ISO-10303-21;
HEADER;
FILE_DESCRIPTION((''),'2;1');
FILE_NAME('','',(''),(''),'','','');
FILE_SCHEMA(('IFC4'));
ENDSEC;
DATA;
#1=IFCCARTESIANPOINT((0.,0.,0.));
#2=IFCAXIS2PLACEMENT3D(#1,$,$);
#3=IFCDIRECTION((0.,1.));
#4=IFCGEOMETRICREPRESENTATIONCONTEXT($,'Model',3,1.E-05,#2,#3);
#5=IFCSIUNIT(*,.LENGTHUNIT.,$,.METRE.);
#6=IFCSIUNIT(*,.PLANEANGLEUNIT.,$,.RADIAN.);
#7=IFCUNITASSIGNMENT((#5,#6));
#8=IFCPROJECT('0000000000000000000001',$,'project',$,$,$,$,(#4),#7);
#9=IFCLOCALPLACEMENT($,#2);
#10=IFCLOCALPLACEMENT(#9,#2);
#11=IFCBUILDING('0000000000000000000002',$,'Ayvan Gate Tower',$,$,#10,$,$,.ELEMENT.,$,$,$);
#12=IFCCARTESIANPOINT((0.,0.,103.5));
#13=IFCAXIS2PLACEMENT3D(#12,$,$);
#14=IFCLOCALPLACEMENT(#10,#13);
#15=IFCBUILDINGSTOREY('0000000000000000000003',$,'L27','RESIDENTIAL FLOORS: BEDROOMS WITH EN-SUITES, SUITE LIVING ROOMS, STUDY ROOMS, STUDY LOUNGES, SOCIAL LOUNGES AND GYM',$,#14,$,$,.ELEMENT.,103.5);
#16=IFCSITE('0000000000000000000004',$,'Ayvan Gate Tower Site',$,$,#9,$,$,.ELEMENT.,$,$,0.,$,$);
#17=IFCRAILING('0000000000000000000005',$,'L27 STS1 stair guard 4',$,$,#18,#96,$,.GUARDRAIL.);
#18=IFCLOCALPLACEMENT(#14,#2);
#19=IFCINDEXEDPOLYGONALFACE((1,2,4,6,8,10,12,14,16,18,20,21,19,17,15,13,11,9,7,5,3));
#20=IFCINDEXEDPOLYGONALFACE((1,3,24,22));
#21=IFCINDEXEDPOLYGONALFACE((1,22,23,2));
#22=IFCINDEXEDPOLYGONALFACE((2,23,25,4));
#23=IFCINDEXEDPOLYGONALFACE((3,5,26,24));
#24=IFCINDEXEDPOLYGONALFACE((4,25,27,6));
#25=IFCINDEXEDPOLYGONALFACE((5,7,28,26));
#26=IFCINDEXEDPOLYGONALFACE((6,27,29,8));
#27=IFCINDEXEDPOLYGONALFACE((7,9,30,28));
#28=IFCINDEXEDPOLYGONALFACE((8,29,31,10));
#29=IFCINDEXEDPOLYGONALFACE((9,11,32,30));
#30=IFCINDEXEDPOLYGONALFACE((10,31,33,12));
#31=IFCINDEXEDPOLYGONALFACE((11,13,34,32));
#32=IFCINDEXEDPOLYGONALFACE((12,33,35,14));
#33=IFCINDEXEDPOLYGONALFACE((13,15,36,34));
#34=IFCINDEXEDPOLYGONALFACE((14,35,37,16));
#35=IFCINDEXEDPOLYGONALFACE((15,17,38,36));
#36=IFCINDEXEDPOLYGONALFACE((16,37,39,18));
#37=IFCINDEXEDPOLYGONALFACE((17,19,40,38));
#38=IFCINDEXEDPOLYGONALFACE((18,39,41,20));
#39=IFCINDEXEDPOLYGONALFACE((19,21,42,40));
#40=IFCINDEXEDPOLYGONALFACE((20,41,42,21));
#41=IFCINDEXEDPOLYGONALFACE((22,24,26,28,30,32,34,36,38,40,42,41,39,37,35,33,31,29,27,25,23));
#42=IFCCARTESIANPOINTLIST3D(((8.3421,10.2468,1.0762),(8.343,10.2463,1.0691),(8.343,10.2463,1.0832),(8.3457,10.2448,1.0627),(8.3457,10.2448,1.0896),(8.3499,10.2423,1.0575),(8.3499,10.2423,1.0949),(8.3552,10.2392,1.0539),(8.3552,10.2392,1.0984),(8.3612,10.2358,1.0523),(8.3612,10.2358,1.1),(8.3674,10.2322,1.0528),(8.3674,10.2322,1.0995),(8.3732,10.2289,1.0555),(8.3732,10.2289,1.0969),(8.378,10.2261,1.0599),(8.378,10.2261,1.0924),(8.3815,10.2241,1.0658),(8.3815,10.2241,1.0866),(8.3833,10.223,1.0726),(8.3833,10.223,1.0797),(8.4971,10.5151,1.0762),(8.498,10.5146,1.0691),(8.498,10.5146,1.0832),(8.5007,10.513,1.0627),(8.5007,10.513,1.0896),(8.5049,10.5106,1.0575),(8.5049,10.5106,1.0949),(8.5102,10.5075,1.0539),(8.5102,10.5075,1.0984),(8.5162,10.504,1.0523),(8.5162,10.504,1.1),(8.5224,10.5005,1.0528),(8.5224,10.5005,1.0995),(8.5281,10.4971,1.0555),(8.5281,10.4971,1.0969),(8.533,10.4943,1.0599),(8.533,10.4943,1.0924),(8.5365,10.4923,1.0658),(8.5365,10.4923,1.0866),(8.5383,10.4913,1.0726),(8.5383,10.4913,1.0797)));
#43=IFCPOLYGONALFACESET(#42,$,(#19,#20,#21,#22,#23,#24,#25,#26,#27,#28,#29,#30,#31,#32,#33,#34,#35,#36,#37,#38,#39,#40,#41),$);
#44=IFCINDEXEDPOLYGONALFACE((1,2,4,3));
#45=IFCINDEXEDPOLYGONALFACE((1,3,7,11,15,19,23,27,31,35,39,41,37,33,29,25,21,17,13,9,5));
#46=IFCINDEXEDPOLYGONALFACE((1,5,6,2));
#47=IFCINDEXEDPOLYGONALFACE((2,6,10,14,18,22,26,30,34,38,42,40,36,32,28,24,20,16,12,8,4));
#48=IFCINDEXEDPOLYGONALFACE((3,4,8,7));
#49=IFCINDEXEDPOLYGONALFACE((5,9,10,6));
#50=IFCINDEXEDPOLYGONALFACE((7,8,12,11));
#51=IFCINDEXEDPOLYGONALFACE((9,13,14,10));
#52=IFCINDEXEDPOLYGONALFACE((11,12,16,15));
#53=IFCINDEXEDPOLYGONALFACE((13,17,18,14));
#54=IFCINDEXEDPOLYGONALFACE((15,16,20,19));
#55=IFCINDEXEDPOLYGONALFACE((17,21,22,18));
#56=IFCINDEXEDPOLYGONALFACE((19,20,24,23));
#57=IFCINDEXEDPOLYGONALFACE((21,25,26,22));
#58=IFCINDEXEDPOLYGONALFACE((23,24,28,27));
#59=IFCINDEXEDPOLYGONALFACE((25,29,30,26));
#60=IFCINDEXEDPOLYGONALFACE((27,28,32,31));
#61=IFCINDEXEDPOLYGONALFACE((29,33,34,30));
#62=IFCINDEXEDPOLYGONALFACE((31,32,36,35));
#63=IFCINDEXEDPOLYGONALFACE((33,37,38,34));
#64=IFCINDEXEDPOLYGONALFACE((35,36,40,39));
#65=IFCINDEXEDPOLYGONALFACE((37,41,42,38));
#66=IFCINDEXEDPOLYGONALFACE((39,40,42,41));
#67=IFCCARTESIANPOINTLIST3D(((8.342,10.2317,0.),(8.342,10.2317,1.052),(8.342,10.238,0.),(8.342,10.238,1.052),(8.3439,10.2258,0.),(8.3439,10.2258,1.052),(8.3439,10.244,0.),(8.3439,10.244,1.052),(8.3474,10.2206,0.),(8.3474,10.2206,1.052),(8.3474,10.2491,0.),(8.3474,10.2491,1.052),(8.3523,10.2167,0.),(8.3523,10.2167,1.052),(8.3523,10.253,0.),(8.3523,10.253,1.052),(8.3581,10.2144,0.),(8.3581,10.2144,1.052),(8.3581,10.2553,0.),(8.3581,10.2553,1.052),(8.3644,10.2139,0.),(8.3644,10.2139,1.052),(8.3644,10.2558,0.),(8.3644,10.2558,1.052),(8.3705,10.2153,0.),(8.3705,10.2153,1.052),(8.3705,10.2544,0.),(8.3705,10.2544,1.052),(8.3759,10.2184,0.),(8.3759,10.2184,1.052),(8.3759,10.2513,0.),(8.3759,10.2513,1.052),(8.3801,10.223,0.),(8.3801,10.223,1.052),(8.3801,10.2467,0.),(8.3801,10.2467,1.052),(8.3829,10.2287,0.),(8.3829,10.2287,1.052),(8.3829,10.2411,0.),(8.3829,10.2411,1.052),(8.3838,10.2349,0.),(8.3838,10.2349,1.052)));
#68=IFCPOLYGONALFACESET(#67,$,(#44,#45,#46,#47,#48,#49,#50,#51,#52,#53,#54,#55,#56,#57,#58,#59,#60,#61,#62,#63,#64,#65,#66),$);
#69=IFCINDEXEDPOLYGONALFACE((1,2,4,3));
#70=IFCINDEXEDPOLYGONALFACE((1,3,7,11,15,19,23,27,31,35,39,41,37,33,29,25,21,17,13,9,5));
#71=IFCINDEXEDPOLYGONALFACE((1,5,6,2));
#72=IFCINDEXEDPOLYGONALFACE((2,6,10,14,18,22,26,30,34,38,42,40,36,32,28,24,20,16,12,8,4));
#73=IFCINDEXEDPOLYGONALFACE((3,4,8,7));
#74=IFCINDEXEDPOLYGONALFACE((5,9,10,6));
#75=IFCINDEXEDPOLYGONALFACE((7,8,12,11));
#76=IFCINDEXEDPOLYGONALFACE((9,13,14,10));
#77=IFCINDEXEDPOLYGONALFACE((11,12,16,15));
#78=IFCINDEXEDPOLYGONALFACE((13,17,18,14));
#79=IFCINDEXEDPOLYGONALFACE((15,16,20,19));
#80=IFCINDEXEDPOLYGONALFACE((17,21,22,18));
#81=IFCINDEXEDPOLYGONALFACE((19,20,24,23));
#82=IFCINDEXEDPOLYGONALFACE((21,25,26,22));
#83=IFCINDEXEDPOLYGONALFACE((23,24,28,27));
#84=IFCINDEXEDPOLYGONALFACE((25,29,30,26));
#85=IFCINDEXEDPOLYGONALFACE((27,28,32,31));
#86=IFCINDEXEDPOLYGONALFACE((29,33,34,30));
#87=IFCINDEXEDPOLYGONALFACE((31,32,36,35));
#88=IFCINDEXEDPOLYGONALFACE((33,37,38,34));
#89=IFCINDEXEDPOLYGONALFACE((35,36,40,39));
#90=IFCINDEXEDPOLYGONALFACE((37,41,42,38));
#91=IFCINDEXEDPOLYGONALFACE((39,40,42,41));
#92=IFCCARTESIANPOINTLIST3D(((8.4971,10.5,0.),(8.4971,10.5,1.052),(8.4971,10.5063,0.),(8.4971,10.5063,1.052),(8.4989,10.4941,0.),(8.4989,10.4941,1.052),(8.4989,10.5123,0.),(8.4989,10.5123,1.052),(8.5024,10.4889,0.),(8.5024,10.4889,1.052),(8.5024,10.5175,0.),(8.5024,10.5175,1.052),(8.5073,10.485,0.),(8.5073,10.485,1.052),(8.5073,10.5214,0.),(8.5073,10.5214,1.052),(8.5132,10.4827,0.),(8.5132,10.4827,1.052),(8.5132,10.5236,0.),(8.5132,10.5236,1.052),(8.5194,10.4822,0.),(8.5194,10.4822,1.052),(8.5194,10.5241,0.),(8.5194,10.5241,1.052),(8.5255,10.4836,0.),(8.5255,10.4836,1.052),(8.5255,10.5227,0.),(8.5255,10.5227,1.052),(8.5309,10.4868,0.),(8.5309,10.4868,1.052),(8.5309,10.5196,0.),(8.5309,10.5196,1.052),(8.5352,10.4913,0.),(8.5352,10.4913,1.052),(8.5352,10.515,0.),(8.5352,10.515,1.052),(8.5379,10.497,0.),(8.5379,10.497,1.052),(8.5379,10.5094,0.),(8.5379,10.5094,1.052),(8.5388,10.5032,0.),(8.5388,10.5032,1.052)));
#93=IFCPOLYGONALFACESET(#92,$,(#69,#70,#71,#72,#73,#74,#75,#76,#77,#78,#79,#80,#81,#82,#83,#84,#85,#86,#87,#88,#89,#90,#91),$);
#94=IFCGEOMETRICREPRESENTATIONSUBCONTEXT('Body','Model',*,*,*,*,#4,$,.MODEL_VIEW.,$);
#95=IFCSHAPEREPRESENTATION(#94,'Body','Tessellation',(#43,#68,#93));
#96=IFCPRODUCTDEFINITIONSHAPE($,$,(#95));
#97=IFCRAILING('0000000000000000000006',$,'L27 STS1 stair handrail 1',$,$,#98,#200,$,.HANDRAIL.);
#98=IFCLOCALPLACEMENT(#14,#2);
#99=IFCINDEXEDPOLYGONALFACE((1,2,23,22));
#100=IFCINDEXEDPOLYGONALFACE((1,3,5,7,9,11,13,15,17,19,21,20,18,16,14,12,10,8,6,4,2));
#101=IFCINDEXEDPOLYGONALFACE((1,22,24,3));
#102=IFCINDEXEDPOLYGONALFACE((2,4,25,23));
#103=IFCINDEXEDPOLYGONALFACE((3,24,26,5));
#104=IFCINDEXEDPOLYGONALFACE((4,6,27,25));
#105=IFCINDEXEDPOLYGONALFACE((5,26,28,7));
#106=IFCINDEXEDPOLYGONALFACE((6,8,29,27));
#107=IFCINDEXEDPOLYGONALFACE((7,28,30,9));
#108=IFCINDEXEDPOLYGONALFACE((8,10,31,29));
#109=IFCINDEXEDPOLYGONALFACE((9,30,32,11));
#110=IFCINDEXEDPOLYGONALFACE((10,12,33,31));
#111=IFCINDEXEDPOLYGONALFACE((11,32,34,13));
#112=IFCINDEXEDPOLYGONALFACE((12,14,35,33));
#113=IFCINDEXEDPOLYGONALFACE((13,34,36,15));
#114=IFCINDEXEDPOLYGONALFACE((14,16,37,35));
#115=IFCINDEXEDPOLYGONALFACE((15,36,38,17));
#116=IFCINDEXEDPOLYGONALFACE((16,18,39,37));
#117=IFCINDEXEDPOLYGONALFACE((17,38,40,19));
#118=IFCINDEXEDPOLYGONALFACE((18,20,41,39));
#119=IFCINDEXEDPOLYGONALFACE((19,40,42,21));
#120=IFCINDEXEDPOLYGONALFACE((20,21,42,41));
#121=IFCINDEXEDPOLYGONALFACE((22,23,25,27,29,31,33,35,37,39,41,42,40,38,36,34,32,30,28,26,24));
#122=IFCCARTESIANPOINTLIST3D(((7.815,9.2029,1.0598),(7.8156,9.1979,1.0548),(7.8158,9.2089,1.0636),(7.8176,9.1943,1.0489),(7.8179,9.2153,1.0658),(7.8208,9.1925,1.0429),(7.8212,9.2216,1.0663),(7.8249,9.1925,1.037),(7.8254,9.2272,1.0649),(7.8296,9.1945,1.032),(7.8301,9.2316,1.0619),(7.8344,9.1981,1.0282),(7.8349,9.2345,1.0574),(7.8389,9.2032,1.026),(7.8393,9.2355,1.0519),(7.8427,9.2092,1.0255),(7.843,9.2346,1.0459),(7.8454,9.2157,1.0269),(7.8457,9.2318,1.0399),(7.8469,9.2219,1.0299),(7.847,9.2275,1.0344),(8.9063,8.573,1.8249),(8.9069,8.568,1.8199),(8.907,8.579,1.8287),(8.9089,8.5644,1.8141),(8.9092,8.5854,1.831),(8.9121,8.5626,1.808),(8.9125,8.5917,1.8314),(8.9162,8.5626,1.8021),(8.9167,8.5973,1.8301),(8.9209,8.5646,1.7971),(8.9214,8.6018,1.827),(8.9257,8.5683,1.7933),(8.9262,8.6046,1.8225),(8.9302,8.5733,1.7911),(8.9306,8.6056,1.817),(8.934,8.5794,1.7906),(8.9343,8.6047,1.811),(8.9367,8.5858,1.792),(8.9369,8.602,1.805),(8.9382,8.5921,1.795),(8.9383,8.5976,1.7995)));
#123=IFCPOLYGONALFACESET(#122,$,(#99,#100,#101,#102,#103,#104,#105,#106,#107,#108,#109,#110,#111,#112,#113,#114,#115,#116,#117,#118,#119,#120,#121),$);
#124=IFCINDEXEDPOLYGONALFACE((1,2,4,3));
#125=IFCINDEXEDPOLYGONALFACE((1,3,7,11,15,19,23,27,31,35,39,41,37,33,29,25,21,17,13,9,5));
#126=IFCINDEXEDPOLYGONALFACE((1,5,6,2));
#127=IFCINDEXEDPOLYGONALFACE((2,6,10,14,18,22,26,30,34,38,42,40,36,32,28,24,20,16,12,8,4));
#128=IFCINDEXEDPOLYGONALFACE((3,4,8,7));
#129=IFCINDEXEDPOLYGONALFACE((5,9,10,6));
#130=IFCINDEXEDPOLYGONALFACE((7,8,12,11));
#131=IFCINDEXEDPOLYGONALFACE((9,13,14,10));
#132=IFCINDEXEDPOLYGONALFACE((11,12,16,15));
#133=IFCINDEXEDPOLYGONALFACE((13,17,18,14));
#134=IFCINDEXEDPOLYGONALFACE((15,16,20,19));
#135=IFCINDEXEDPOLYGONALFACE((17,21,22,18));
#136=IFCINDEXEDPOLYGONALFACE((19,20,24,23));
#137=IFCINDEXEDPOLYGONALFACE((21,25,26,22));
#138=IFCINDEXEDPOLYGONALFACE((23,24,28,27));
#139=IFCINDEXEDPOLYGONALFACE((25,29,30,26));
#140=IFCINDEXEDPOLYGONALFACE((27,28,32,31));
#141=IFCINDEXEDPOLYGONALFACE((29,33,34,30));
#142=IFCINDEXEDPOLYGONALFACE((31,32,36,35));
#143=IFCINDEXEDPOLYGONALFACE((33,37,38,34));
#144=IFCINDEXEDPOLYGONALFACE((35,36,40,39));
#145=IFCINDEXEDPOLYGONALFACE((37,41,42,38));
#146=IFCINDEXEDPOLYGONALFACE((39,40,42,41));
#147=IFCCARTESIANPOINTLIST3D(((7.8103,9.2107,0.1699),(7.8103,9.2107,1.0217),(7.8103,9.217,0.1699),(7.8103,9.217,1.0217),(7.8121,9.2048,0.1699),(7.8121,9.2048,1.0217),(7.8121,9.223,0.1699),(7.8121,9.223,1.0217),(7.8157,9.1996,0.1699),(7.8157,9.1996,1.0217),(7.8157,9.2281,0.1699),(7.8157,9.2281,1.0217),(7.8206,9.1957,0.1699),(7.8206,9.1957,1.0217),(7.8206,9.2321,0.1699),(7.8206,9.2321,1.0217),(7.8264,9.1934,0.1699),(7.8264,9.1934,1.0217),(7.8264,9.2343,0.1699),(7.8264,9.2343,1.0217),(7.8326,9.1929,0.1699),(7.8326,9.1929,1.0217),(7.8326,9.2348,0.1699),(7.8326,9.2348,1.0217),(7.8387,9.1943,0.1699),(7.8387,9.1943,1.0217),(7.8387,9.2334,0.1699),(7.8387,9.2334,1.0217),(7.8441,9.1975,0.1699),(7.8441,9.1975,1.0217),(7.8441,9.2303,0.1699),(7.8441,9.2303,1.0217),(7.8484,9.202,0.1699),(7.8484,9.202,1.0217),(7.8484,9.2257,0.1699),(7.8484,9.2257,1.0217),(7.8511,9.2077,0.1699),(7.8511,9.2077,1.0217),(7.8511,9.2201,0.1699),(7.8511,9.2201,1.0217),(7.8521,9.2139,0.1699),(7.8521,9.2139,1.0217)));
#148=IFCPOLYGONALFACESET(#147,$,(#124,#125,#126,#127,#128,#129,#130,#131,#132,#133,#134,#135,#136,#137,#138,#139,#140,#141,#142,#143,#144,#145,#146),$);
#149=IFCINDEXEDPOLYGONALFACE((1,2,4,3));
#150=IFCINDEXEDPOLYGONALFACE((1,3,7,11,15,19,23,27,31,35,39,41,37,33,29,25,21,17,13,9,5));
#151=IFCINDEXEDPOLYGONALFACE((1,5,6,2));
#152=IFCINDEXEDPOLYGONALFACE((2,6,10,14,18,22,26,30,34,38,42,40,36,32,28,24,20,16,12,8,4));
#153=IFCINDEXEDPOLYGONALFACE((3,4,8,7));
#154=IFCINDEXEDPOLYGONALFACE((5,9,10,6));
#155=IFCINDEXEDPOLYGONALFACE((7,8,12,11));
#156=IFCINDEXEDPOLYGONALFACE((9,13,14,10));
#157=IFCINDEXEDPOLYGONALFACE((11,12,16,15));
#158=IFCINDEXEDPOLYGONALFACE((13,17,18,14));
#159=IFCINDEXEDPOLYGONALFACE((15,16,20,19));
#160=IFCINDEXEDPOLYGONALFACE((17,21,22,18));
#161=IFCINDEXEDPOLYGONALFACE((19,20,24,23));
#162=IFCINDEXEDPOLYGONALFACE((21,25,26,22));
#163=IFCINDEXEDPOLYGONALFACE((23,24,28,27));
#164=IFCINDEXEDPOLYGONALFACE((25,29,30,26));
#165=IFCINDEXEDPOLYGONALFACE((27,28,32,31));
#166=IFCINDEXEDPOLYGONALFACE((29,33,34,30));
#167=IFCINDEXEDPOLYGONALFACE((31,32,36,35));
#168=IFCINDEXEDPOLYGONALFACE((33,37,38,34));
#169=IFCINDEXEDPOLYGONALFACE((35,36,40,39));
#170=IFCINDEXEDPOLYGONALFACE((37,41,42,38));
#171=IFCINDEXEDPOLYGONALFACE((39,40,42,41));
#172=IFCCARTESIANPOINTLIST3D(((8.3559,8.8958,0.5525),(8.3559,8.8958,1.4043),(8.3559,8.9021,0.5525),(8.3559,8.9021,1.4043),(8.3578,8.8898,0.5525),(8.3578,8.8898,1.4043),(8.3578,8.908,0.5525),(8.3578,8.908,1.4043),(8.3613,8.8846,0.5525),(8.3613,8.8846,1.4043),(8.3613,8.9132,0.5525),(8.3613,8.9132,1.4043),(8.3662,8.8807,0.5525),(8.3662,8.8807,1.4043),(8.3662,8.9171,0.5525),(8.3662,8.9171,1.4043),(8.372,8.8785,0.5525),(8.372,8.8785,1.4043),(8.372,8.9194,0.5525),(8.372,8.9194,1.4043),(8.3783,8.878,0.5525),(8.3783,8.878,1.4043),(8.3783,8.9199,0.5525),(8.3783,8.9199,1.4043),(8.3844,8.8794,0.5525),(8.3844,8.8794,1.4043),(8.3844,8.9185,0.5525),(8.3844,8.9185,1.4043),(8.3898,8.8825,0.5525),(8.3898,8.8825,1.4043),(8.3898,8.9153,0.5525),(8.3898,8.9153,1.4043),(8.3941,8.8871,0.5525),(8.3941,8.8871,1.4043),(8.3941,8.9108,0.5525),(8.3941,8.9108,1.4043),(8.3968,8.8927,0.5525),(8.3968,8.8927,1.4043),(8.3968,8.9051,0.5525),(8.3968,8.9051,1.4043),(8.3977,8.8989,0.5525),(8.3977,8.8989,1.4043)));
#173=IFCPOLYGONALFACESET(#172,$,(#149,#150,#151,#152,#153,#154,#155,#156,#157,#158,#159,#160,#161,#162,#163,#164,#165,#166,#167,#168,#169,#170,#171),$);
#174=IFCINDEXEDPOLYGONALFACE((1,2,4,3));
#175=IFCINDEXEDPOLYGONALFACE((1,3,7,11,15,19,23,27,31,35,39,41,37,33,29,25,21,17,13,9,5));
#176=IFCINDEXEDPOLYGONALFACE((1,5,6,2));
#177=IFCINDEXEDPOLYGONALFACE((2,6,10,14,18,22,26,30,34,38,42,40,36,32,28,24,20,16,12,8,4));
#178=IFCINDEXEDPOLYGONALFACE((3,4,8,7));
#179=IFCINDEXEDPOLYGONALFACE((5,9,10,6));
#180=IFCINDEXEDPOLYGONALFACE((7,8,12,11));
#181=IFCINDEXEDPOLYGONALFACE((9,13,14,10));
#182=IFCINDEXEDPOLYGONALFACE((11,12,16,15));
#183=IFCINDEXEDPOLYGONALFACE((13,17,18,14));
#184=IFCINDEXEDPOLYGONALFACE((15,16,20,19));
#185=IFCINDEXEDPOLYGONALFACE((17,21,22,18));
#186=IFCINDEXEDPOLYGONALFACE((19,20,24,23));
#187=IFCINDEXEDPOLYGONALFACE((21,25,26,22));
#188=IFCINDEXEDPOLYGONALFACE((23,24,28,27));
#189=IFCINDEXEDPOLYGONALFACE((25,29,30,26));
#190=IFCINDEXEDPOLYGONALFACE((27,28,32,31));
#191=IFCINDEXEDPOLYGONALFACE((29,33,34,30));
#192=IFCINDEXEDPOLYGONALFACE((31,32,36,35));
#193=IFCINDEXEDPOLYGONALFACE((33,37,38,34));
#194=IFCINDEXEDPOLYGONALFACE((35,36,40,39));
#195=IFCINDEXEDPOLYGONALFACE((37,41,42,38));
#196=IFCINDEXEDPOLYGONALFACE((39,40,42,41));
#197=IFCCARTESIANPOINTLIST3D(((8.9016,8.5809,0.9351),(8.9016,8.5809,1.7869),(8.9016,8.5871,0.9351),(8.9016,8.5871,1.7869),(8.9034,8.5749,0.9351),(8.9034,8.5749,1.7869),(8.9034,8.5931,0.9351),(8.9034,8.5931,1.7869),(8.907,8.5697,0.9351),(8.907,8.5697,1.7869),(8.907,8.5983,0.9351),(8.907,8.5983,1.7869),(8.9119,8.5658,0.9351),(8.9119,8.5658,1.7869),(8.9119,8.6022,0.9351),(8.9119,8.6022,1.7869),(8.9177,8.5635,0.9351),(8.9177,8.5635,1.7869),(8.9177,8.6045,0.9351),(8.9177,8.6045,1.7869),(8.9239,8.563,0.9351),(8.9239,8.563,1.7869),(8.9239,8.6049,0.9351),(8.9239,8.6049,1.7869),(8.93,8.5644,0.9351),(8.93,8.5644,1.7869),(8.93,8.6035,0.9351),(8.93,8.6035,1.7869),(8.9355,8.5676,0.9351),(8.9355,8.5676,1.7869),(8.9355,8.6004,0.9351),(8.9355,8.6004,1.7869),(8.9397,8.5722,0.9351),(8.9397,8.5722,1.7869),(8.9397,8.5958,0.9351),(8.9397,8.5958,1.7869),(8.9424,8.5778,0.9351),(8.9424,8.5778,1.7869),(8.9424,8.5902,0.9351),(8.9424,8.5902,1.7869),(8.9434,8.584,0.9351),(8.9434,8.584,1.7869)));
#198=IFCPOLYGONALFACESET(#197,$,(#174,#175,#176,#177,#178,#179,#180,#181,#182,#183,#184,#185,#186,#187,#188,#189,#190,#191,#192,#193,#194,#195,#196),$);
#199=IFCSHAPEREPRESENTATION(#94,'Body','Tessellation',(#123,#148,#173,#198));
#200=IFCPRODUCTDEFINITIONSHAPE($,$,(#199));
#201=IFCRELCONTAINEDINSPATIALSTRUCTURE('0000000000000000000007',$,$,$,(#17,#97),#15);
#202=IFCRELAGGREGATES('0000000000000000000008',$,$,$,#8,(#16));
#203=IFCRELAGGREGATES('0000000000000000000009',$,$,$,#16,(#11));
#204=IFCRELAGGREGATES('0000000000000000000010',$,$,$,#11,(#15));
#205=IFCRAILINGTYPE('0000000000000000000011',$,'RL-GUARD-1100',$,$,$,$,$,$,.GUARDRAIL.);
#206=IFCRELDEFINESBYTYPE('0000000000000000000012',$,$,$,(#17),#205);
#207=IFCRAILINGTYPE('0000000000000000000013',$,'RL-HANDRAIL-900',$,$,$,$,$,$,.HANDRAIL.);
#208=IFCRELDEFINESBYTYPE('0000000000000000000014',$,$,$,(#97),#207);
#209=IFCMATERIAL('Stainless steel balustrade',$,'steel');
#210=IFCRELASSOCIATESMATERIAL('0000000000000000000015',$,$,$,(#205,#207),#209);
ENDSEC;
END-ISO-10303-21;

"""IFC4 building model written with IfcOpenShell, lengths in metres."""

from ifc_helpers import new_model, si_unit, direction, frame, origin, origin_2d, place, context, subcontext, project, spatial, circle, extrude, material, type_object, element, save


model = new_model("IFC4")

# Units and contexts
model_context = context("Model", 3, precision=1e-05, world=origin(), true_north=direction((0.0, 1.0)))
body_context = subcontext(model_context, "Body", "Model", "MODEL_VIEW")
ifc_project = project(units=[si_unit("LENGTHUNIT", "METRE"), si_unit("PLANEANGLEUNIT", "RADIAN")], contexts=[model_context])

# Site, building, storey
site_placement = place(None, origin())
site = spatial("IfcSite", under=ifc_project, at=site_placement, Name="Ayvan Gate Tower Site", CompositionType="ELEMENT", RefElevation=0.0)
building_placement = place(site_placement, origin())
building = spatial("IfcBuilding", under=site, at=building_placement, Name="Ayvan Gate Tower", CompositionType="ELEMENT")
storey_placement = place(building_placement, frame((0.0, 0.0, 103.5)))
storey = spatial("IfcBuildingStorey", under=building, at=storey_placement, Name="L27", Description="RESIDENTIAL FLOORS: BEDROOMS WITH EN-SUITES, SUITE LIVING ROOMS, STUDY ROOMS, STUDY LOUNGES, SOCIAL LOUNGES AND GYM", CompositionType="ELEMENT", Elevation=103.5)

# Railings
ifc_material_1 = material(Name="Stainless steel balustrade", Category="steel")
railing_type_1 = type_object("IfcRailingType", Name="RL-GUARD-1100", PredefinedType="GUARDRAIL", material=ifc_material_1)
railing_1_placement = place(storey_placement, frame((8.3628, 10.2349, 0.0)))
element("IfcRailing", 1, at=railing_1_placement, inside=storey, type_object=railing_type_1, Name="L27 STS1 stair guard 4", PredefinedType="GUARDRAIL", context=body_context, shape_type="SweptSolid", body=[
    extrude(circle(Radius=0.0239, at=origin_2d()), frame((0.0, 0.0, 1.0762), z_axis=(0.500291, 0.865857, 0.0), x_axis=(-0.865857, 0.500291, 0.0)), (0.0, 0.0, 1.0), 0.3098),
    extrude(circle(Radius=0.021, at=origin_2d()), origin(), (0.0, 0.0, 1.0), 1.052),
    extrude(circle(Radius=0.021, at=origin_2d()), frame((0.155, 0.2683, 0.0)), (0.0, 0.0, 1.0), 1.052),
])
railing_type_2 = type_object("IfcRailingType", Name="RL-HANDRAIL-900", PredefinedType="HANDRAIL", material=ifc_material_1)
railing_2_placement = place(storey_placement, frame((7.8311, 9.2139, 0.1699)))
element("IfcRailing", 2, at=railing_2_placement, inside=storey, type_object=railing_type_2, Name="L27 STS1 stair handrail 1", PredefinedType="HANDRAIL", context=body_context, shape_type="SweptSolid", body=[
    extrude(circle(Radius=0.0239, at=origin_2d()), frame((0.0, 0.0, 0.876), z_axis=(0.740293, -0.427283, 0.519033), x_axis=(0.49989, 0.866089, 0.0)), (0.0, 0.0, 1.0), 1.4741),
    extrude(circle(Radius=0.021, at=origin_2d()), origin(), (0.0, 0.0, 1.0), 0.8518),
    extrude(circle(Radius=0.021, at=origin_2d()), frame((0.5457, -0.3149, 0.3826)), (0.0, 0.0, 1.0), 0.8518),
    extrude(circle(Radius=0.021, at=origin_2d()), frame((1.0913, -0.6299, 0.7651)), (0.0, 0.0, 1.0), 0.8518),
])

save(model, "model.ifc")
